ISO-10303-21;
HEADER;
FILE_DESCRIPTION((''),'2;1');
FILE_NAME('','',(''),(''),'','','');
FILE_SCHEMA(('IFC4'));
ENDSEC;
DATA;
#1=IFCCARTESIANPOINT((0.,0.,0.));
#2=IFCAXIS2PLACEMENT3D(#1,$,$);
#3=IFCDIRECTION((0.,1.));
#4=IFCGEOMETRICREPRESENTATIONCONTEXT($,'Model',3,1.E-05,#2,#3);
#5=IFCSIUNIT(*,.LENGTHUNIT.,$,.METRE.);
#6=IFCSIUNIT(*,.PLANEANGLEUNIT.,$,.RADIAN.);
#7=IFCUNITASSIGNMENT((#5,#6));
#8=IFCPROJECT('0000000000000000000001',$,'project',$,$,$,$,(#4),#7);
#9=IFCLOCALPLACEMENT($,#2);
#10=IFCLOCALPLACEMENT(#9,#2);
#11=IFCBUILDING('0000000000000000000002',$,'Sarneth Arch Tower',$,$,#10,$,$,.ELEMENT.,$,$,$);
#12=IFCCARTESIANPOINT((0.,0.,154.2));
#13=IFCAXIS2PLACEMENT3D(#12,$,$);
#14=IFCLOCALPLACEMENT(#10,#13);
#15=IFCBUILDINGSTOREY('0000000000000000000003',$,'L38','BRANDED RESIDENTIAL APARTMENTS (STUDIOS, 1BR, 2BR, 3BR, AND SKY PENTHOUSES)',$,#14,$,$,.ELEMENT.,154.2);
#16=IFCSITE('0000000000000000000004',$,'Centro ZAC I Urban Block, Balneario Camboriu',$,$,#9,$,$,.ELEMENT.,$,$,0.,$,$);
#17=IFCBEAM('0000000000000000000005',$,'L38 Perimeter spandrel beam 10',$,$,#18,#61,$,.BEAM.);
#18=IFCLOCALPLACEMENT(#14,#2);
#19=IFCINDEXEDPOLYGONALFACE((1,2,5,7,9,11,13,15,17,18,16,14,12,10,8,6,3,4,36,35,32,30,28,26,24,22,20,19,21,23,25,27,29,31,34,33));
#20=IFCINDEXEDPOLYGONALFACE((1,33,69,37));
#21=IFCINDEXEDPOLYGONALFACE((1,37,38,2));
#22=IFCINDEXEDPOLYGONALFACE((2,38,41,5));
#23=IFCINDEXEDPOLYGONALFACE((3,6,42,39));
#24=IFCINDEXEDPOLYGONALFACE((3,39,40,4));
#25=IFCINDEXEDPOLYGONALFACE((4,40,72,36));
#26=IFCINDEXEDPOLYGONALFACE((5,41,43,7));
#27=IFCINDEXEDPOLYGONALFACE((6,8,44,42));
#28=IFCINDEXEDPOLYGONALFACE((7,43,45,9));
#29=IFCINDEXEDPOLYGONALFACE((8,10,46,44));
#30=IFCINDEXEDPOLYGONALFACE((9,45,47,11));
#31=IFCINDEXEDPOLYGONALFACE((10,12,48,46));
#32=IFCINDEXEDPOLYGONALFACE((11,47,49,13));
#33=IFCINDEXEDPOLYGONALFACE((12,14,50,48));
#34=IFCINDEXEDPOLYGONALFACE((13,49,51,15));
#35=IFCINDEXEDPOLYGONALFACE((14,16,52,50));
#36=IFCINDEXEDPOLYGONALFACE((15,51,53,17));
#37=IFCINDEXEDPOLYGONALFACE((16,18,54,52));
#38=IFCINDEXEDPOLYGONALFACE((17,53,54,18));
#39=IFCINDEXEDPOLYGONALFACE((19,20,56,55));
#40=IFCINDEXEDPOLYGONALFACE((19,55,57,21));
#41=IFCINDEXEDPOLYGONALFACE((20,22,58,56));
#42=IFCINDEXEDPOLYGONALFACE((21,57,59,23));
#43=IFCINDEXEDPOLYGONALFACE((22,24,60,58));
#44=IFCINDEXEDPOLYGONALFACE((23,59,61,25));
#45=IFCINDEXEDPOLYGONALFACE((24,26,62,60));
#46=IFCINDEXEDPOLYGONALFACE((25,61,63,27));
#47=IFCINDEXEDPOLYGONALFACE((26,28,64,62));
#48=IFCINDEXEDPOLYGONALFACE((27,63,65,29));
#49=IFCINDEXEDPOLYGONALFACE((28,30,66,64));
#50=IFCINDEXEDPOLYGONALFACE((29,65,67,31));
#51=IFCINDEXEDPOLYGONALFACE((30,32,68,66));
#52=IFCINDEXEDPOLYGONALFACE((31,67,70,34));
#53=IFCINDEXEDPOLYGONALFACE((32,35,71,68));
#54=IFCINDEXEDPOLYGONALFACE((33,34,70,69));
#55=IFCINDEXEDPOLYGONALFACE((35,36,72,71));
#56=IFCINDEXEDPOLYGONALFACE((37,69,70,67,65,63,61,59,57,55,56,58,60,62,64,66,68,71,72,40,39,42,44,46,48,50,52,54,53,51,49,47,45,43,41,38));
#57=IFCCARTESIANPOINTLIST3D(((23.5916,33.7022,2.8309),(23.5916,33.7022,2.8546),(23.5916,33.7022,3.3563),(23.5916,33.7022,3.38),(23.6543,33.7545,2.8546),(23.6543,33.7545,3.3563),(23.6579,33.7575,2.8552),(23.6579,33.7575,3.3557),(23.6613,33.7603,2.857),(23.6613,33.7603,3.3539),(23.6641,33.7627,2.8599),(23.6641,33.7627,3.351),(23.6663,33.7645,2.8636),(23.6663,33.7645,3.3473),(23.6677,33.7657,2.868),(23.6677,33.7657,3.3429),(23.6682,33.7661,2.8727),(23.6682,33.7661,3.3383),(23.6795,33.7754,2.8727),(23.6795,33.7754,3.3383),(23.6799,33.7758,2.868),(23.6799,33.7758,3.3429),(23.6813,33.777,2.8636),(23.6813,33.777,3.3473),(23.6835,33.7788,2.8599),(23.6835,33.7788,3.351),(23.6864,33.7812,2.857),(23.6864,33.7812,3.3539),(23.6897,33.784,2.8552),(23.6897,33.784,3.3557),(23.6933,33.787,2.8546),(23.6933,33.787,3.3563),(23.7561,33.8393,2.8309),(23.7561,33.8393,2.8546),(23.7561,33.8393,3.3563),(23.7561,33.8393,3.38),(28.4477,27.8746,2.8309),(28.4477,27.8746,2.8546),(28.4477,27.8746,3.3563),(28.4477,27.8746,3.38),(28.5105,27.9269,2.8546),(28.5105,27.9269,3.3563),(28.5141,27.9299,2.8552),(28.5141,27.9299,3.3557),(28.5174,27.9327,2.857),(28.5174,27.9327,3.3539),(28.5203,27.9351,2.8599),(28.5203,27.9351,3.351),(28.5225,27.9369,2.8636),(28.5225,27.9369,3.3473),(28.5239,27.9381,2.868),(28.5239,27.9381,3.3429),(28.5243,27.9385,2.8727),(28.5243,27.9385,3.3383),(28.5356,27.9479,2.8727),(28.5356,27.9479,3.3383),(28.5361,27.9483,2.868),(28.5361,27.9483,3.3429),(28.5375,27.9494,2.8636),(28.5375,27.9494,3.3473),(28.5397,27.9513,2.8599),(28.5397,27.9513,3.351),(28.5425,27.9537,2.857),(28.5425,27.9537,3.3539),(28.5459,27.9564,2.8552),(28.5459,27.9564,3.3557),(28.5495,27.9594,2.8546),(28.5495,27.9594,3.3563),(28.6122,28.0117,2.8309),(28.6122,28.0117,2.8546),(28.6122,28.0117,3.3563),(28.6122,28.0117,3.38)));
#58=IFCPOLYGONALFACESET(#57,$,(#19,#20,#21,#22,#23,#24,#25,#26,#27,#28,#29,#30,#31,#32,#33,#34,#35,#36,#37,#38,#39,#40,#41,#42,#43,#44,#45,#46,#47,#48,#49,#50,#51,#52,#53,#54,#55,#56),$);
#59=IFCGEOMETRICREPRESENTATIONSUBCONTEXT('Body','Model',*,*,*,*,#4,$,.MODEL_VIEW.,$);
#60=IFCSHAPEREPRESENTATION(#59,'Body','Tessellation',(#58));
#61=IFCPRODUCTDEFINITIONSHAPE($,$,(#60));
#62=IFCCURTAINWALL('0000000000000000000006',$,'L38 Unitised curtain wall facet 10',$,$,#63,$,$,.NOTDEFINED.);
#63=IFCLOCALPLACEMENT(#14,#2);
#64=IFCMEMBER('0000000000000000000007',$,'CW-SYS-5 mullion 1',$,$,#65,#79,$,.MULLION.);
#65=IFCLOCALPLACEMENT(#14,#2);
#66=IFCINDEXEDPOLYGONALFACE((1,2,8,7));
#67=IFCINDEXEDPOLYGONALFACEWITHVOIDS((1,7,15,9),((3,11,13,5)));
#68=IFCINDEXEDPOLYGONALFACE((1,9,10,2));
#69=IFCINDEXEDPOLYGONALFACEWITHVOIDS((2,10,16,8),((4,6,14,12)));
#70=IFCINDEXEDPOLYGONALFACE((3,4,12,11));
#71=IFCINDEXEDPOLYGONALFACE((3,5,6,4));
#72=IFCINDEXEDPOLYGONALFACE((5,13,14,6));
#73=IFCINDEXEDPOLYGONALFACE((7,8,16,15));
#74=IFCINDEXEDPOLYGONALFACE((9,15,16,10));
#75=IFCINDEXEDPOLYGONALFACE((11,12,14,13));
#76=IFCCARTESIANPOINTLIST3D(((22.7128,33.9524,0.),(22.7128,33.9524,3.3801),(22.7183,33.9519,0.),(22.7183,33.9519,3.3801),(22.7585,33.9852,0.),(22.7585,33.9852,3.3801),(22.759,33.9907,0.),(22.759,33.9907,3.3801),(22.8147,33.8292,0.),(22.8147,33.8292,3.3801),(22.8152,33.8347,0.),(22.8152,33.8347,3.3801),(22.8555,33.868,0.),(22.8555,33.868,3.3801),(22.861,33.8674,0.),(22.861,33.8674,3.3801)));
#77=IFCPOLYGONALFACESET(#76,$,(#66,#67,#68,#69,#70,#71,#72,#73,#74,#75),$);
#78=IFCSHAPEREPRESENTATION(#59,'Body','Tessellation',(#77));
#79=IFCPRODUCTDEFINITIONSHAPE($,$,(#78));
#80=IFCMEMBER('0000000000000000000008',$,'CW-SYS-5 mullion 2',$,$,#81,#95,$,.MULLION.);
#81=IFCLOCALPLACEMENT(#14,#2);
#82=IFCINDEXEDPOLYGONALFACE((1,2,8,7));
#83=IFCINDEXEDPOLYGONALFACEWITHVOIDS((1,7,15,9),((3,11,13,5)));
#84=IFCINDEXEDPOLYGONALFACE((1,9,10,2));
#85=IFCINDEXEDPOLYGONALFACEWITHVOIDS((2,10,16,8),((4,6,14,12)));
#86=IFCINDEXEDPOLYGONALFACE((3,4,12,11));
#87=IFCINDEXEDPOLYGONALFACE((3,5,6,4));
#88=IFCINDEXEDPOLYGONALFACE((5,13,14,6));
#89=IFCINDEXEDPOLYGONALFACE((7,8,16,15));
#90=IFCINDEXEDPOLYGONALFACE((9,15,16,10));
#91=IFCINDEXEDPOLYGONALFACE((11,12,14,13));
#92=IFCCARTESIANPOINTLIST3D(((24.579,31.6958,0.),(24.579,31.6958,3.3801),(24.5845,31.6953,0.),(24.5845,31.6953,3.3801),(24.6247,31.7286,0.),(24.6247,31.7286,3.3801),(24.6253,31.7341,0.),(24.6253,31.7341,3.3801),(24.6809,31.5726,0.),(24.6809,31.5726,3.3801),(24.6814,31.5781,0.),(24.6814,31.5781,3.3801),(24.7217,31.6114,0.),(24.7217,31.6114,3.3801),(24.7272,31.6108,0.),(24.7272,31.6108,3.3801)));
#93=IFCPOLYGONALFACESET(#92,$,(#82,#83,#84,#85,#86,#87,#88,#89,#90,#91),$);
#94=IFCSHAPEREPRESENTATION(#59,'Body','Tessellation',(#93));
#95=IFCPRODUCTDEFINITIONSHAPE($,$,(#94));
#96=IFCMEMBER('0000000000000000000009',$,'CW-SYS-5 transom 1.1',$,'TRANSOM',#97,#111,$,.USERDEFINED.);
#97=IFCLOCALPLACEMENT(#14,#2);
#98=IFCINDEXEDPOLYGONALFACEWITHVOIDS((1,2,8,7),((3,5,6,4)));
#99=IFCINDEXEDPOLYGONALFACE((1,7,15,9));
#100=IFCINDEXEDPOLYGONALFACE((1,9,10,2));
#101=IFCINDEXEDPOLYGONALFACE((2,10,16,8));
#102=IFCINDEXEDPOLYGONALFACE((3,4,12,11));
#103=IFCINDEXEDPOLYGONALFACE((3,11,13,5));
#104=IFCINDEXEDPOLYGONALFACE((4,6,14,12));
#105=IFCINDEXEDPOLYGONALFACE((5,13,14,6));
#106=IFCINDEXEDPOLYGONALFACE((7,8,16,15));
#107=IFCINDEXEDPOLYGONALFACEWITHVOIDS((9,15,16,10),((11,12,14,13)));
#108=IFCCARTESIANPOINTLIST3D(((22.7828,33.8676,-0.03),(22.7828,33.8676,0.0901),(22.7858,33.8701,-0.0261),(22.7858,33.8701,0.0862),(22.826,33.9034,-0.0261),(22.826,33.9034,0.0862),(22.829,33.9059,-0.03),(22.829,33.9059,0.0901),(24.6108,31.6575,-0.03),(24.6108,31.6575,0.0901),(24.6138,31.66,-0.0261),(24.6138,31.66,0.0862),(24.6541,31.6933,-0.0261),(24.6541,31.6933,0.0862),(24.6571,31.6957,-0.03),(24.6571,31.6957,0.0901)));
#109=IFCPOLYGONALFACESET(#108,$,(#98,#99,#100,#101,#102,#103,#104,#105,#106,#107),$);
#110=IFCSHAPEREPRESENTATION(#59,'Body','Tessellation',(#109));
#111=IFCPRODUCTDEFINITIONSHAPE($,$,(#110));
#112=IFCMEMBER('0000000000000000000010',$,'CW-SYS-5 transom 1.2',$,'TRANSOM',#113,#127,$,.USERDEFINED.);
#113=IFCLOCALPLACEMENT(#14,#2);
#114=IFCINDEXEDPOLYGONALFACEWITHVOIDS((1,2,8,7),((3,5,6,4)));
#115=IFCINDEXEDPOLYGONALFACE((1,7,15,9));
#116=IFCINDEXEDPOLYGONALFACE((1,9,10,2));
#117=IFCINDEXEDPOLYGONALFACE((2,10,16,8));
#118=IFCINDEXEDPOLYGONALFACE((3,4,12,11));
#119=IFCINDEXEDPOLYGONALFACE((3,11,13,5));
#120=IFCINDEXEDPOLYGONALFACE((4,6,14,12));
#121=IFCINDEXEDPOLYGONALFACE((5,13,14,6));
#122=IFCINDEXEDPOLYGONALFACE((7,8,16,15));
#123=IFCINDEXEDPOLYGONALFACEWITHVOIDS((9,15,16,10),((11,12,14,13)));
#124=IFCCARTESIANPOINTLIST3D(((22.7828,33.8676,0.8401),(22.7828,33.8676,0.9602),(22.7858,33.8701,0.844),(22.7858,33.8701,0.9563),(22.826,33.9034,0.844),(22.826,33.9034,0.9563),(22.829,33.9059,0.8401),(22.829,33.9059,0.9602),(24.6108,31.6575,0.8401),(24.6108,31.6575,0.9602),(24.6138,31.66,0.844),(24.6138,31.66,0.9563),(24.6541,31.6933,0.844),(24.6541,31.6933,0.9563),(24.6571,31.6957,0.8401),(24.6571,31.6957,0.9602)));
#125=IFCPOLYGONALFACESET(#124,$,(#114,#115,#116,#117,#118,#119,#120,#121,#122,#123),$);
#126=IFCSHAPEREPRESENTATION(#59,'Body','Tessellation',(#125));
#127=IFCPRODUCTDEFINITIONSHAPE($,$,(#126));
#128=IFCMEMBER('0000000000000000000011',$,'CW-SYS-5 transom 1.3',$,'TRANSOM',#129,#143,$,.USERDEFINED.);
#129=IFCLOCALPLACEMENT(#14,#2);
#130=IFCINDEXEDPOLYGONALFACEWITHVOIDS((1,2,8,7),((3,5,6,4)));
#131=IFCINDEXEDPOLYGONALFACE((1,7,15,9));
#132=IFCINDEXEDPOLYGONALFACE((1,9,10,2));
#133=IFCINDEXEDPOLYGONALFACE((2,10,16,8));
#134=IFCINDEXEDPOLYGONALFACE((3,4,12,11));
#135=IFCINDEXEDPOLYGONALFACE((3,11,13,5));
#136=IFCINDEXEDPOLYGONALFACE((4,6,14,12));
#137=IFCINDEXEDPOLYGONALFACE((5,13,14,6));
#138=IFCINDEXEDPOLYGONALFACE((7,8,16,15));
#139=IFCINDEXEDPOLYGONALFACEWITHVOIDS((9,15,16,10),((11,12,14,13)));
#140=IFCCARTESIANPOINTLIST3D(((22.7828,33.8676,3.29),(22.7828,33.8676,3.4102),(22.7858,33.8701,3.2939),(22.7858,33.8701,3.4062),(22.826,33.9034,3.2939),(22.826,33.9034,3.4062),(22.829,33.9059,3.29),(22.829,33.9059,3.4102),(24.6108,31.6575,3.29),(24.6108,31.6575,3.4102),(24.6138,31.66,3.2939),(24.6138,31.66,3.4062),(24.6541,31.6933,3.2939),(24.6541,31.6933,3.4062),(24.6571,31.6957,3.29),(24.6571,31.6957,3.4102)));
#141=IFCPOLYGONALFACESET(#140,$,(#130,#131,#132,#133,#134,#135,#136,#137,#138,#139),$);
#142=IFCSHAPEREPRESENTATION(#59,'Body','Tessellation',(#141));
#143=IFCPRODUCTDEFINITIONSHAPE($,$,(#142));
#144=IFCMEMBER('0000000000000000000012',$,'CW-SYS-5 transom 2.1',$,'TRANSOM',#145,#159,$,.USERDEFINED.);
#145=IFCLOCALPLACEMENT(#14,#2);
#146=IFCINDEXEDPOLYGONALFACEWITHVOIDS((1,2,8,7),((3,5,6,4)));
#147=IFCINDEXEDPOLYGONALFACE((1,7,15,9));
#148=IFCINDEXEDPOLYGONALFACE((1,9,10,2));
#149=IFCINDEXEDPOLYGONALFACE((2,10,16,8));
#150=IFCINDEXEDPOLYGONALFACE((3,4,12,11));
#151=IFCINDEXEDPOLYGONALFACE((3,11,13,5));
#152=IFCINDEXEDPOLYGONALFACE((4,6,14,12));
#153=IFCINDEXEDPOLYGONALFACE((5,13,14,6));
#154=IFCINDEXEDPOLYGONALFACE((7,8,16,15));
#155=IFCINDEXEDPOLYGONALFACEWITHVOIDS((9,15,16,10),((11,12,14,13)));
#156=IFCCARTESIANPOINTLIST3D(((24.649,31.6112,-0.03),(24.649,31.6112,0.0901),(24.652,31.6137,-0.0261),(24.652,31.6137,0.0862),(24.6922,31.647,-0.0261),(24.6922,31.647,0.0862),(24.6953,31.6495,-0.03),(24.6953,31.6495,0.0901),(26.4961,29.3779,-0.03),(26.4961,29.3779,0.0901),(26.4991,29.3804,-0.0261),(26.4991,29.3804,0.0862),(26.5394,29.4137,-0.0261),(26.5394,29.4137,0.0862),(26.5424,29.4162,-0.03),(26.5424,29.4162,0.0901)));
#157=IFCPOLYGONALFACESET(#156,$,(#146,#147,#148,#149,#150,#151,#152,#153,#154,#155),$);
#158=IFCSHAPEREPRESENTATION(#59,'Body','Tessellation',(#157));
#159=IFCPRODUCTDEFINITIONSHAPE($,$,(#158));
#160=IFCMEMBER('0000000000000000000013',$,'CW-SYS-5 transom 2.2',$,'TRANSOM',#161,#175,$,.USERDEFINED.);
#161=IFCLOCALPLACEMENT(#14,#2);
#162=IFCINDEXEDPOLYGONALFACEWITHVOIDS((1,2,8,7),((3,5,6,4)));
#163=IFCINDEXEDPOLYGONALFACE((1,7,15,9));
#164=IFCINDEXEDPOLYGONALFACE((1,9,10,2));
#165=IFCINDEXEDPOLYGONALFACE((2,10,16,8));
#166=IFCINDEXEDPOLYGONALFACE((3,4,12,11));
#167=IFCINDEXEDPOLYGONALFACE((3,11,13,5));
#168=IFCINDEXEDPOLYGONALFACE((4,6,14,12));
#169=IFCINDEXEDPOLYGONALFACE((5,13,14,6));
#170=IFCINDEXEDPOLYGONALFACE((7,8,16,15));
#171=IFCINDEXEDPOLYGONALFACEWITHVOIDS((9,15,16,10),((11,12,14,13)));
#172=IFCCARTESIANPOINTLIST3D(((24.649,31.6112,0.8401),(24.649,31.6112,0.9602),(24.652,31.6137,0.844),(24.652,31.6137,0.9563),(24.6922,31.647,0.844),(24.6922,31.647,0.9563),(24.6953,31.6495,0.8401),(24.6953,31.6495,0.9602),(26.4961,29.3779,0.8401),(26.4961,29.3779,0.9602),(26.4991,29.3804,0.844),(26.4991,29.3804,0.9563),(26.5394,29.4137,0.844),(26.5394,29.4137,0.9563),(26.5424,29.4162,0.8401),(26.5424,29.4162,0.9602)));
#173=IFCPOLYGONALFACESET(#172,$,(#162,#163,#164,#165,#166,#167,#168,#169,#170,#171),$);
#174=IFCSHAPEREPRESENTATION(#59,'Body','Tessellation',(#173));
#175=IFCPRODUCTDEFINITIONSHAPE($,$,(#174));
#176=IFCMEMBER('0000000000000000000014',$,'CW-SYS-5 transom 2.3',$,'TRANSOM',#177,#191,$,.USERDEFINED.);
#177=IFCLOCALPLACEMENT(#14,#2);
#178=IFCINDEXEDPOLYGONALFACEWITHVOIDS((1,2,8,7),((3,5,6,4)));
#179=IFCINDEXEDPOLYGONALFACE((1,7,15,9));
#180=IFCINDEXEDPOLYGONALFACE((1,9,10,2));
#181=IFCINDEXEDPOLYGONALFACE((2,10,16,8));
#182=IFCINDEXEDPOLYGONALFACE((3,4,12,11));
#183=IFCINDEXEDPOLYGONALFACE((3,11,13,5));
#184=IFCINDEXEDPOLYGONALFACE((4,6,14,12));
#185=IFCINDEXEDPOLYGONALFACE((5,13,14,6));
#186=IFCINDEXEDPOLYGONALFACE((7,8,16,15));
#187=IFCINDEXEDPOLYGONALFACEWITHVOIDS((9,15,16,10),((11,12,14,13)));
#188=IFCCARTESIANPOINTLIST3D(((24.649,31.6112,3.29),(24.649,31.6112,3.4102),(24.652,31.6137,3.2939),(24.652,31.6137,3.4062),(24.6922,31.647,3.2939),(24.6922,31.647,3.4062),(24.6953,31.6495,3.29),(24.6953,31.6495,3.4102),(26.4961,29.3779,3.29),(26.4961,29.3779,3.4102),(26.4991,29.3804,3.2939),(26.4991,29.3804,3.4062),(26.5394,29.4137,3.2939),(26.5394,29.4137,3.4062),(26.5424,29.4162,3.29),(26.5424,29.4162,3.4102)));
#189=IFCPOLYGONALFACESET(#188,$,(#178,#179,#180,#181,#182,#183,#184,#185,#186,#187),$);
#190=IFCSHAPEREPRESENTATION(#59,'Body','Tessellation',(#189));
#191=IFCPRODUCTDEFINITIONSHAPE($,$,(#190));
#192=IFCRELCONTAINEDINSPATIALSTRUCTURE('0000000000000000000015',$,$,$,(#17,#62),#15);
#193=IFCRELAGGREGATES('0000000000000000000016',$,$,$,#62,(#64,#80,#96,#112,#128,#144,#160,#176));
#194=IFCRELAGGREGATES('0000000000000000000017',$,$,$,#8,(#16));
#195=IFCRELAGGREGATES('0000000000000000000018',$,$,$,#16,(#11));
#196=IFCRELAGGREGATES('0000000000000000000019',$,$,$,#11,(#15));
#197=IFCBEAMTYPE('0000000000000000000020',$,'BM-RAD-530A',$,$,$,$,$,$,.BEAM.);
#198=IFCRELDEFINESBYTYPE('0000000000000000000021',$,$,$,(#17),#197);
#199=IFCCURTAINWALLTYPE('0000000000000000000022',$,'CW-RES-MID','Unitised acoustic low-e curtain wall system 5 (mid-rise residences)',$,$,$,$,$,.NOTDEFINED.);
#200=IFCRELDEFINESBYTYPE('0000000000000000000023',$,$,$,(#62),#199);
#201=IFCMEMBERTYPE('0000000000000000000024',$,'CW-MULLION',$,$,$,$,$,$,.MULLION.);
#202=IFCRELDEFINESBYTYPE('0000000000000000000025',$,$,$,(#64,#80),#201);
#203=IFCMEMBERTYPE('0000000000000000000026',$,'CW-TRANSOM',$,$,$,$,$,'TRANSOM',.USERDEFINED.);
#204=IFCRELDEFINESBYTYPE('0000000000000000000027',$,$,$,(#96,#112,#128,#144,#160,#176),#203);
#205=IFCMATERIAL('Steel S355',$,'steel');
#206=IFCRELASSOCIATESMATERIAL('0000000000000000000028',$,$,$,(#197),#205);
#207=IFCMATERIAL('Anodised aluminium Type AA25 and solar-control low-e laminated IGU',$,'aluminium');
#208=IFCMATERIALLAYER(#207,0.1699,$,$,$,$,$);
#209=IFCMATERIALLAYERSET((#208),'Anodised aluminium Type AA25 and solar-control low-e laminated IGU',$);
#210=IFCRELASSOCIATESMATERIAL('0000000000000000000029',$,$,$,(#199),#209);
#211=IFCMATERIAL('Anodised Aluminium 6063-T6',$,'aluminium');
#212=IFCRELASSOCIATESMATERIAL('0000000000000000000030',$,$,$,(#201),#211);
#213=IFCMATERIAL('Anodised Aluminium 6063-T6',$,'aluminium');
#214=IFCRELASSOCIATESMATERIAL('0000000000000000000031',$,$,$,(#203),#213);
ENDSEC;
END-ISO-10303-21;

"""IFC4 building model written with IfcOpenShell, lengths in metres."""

from ifc_helpers import new_model, si_unit, direction, frame, origin, origin_2d, place, context, subcontext, project, spatial, hollow_rectangle, i_section, extrude, material, layer, layer_set, material_profile, profile_set, type_object, element, aggregate, save


model = new_model("IFC4")

# Units and contexts
model_context = context("Model", 3, precision=1e-05, world=origin(), true_north=direction((0.0, 1.0)))
body_context = subcontext(model_context, "Body", "Model", "MODEL_VIEW")
ifc_project = project(units=[si_unit("LENGTHUNIT", "METRE"), si_unit("PLANEANGLEUNIT", "RADIAN")], contexts=[model_context])

# Site, building, storey
site_placement = place(None, origin())
site = spatial("IfcSite", under=ifc_project, at=site_placement, Name="Centro ZAC I Urban Block, Balneario Camboriu", CompositionType="ELEMENT", RefElevation=0.0)
building_placement = place(site_placement, origin())
building = spatial("IfcBuilding", under=site, at=building_placement, Name="Sarneth Arch Tower", CompositionType="ELEMENT")
storey_placement = place(building_placement, frame((0.0, 0.0, 154.2)))
storey = spatial("IfcBuildingStorey", under=building, at=storey_placement, Name="L38", Description="BRANDED RESIDENTIAL APARTMENTS (STUDIOS, 1BR, 2BR, 3BR, AND SKY PENTHOUSES)", CompositionType="ELEMENT", Elevation=154.2)

# Beam
ifc_material_1 = material(Name="Steel S355", Category="steel")
ifc_material_profile_1 = material_profile(ifc_material_1, i_section(OverallWidth=0.2141, OverallDepth=0.5491, WebThickness=0.0146, FlangeThickness=0.0237, FilletRadius=0.0181, at=origin_2d()), Name="W530x138")
ifc_profile_set_1 = profile_set([ifc_material_profile_1], Name="Steel S355")
beam_type_1 = type_object("IfcBeamType", Name="BM-RAD-530A", PredefinedType="BEAM", material=ifc_profile_set_1)
beam_1_placement = place(storey_placement, frame((23.6738, 33.7708, 3.1055), z_axis=(0.640172, -0.768232, 0.0), x_axis=(0.768232, 0.640172, 0.0)))
element("IfcBeam", 1, at=beam_1_placement, inside=storey, type_object=beam_type_1, Name="L38 Perimeter spandrel beam 10", PredefinedType="BEAM", context=body_context, shape_type="SweptSolid", body=[
    extrude(i_section(OverallWidth=0.2141, OverallDepth=0.5491, WebThickness=0.0146, FlangeThickness=0.0237, FilletRadius=0.0181, at=origin_2d()), origin(), (0.0, 0.0, 1.0), 7.5857),
])

# Curtain wall, members
ifc_material_2 = material(Name="Anodised aluminium Type AA25 and solar-control low-e laminated IGU", Category="aluminium")
ifc_layer_1 = layer(ifc_material_2, 0.1699)
ifc_layer_set_1 = layer_set([ifc_layer_1], Name="Anodised aluminium Type AA25 and solar-control low-e laminated IGU")
curtain_wall_type = type_object("IfcCurtainWallType", Name="CW-RES-MID", Description="Unitised acoustic low-e curtain wall system 5 (mid-rise residences)", PredefinedType="NOTDEFINED", material=ifc_layer_set_1)
curtain_wall_placement = place(storey_placement, origin())
curtain_wall = element("IfcCurtainWall", 2, at=curtain_wall_placement, inside=storey, type_object=curtain_wall_type, Name="L38 Unitised curtain wall facet 10", PredefinedType="NOTDEFINED")
ifc_material_3 = material(Name="Anodised Aluminium 6063-T6", Category="aluminium")
ifc_material_profile_2 = material_profile(ifc_material_3, hollow_rectangle(XDim=0.0601, YDim=0.1599, WallThickness=0.0039, at=origin_2d()), Name="AL-MULL-160x60x4")
ifc_profile_set_2 = profile_set([ifc_material_profile_2], Name="Anodised Aluminium 6063-T6")
member_type_1 = type_object("IfcMemberType", Name="CW-MULLION", PredefinedType="MULLION", material=ifc_profile_set_2)
member_1_placement = place(storey_placement, frame((22.7869, 33.9099, 0.0), z_axis=(0.0, 0.0, 1.0), x_axis=(0.770591, 0.63733, 0.0)))
member_1 = element("IfcMember", 3, at=member_1_placement, type_object=member_type_1, Name="CW-SYS-5 mullion 1", PredefinedType="MULLION", context=body_context, shape_type="SweptSolid", body=[
    extrude(hollow_rectangle(XDim=0.0601, YDim=0.1599, WallThickness=0.0039, at=origin_2d()), origin(), (0.0, 0.0, 1.0), 3.3801),
])
member_2_placement = place(storey_placement, frame((24.6531, 31.6533, 0.0), z_axis=(0.0, 0.0, 1.0), x_axis=(0.770591, 0.63733, 0.0)))
member_2 = element("IfcMember", 4, at=member_2_placement, type_object=member_type_1, Name="CW-SYS-5 mullion 2", PredefinedType="MULLION", context=body_context, shape_type="SweptSolid", body=[
    extrude(hollow_rectangle(XDim=0.0601, YDim=0.1599, WallThickness=0.0039, at=origin_2d()), origin(), (0.0, 0.0, 1.0), 3.3801),
])
ifc_material_4 = material(Name="Anodised Aluminium 6063-T6", Category="aluminium")
ifc_material_profile_3 = material_profile(ifc_material_4, hollow_rectangle(XDim=0.0601, YDim=0.1201, WallThickness=0.0039, at=origin_2d()), Name="AL-TRAN-120x60x4")
ifc_profile_set_3 = profile_set([ifc_material_profile_3], Name="Anodised Aluminium 6063-T6")
member_type_2 = type_object("IfcMemberType", Name="CW-TRANSOM", ElementType="TRANSOM", PredefinedType="USERDEFINED", material=ifc_profile_set_3)
member_3_placement = place(storey_placement, frame((22.8059, 33.8867, 0.03), z_axis=(0.637359, -0.770567, 0.0), x_axis=(0.770567, 0.637359, 0.0)))
member_3 = element("IfcMember", 5, at=member_3_placement, type_object=member_type_2, Name="CW-SYS-5 transom 1.1", ObjectType="TRANSOM", PredefinedType="USERDEFINED", context=body_context, shape_type="SweptSolid", body=[
    extrude(hollow_rectangle(XDim=0.0601, YDim=0.1201, WallThickness=0.0039, at=origin_2d()), origin(), (0.0, 0.0, 1.0), 2.8682),
])
member_4_placement = place(storey_placement, frame((22.8059, 33.8867, 0.9001), z_axis=(0.637359, -0.770567, 0.0), x_axis=(0.770567, 0.637359, 0.0)))
member_4 = element("IfcMember", 6, at=member_4_placement, type_object=member_type_2, Name="CW-SYS-5 transom 1.2", ObjectType="TRANSOM", PredefinedType="USERDEFINED", context=body_context, shape_type="SweptSolid", body=[
    extrude(hollow_rectangle(XDim=0.0601, YDim=0.1201, WallThickness=0.0039, at=origin_2d()), origin(), (0.0, 0.0, 1.0), 2.8682),
])
member_5_placement = place(storey_placement, frame((22.8059, 33.8867, 3.3501), z_axis=(0.637359, -0.770567, 0.0), x_axis=(0.770567, 0.637359, 0.0)))
member_5 = element("IfcMember", 7, at=member_5_placement, type_object=member_type_2, Name="CW-SYS-5 transom 1.3", ObjectType="TRANSOM", PredefinedType="USERDEFINED", context=body_context, shape_type="SweptSolid", body=[
    extrude(hollow_rectangle(XDim=0.0601, YDim=0.1201, WallThickness=0.0039, at=origin_2d()), origin(), (0.0, 0.0, 1.0), 2.8682),
])
member_6_placement = place(storey_placement, frame((24.6721, 31.6304, 0.03), z_axis=(0.63733, -0.770591, 0.0), x_axis=(0.770591, 0.63733, 0.0)))
member_6 = element("IfcMember", 8, at=member_6_placement, type_object=member_type_2, Name="CW-SYS-5 transom 2.1", ObjectType="TRANSOM", PredefinedType="USERDEFINED", context=body_context, shape_type="SweptSolid", body=[
    extrude(hollow_rectangle(XDim=0.0601, YDim=0.1201, WallThickness=0.0039, at=origin_2d()), origin(), (0.0, 0.0, 1.0), 2.8982),
])
member_7_placement = place(storey_placement, frame((24.6721, 31.6304, 0.9001), z_axis=(0.63733, -0.770591, 0.0), x_axis=(0.770591, 0.63733, 0.0)))
member_7 = element("IfcMember", 9, at=member_7_placement, type_object=member_type_2, Name="CW-SYS-5 transom 2.2", ObjectType="TRANSOM", PredefinedType="USERDEFINED", context=body_context, shape_type="SweptSolid", body=[
    extrude(hollow_rectangle(XDim=0.0601, YDim=0.1201, WallThickness=0.0039, at=origin_2d()), origin(), (0.0, 0.0, 1.0), 2.8982),
])
member_8_placement = place(storey_placement, frame((24.6721, 31.6304, 3.3501), z_axis=(0.63733, -0.770591, 0.0), x_axis=(0.770591, 0.63733, 0.0)))
member_8 = element("IfcMember", 10, at=member_8_placement, type_object=member_type_2, Name="CW-SYS-5 transom 2.3", ObjectType="TRANSOM", PredefinedType="USERDEFINED", context=body_context, shape_type="SweptSolid", body=[
    extrude(hollow_rectangle(XDim=0.0601, YDim=0.1201, WallThickness=0.0039, at=origin_2d()), origin(), (0.0, 0.0, 1.0), 2.8982),
])

aggregate(curtain_wall, [member_1, member_2, member_3, member_4, member_5, member_6, member_7, member_8])

save(model, "model.ifc")
